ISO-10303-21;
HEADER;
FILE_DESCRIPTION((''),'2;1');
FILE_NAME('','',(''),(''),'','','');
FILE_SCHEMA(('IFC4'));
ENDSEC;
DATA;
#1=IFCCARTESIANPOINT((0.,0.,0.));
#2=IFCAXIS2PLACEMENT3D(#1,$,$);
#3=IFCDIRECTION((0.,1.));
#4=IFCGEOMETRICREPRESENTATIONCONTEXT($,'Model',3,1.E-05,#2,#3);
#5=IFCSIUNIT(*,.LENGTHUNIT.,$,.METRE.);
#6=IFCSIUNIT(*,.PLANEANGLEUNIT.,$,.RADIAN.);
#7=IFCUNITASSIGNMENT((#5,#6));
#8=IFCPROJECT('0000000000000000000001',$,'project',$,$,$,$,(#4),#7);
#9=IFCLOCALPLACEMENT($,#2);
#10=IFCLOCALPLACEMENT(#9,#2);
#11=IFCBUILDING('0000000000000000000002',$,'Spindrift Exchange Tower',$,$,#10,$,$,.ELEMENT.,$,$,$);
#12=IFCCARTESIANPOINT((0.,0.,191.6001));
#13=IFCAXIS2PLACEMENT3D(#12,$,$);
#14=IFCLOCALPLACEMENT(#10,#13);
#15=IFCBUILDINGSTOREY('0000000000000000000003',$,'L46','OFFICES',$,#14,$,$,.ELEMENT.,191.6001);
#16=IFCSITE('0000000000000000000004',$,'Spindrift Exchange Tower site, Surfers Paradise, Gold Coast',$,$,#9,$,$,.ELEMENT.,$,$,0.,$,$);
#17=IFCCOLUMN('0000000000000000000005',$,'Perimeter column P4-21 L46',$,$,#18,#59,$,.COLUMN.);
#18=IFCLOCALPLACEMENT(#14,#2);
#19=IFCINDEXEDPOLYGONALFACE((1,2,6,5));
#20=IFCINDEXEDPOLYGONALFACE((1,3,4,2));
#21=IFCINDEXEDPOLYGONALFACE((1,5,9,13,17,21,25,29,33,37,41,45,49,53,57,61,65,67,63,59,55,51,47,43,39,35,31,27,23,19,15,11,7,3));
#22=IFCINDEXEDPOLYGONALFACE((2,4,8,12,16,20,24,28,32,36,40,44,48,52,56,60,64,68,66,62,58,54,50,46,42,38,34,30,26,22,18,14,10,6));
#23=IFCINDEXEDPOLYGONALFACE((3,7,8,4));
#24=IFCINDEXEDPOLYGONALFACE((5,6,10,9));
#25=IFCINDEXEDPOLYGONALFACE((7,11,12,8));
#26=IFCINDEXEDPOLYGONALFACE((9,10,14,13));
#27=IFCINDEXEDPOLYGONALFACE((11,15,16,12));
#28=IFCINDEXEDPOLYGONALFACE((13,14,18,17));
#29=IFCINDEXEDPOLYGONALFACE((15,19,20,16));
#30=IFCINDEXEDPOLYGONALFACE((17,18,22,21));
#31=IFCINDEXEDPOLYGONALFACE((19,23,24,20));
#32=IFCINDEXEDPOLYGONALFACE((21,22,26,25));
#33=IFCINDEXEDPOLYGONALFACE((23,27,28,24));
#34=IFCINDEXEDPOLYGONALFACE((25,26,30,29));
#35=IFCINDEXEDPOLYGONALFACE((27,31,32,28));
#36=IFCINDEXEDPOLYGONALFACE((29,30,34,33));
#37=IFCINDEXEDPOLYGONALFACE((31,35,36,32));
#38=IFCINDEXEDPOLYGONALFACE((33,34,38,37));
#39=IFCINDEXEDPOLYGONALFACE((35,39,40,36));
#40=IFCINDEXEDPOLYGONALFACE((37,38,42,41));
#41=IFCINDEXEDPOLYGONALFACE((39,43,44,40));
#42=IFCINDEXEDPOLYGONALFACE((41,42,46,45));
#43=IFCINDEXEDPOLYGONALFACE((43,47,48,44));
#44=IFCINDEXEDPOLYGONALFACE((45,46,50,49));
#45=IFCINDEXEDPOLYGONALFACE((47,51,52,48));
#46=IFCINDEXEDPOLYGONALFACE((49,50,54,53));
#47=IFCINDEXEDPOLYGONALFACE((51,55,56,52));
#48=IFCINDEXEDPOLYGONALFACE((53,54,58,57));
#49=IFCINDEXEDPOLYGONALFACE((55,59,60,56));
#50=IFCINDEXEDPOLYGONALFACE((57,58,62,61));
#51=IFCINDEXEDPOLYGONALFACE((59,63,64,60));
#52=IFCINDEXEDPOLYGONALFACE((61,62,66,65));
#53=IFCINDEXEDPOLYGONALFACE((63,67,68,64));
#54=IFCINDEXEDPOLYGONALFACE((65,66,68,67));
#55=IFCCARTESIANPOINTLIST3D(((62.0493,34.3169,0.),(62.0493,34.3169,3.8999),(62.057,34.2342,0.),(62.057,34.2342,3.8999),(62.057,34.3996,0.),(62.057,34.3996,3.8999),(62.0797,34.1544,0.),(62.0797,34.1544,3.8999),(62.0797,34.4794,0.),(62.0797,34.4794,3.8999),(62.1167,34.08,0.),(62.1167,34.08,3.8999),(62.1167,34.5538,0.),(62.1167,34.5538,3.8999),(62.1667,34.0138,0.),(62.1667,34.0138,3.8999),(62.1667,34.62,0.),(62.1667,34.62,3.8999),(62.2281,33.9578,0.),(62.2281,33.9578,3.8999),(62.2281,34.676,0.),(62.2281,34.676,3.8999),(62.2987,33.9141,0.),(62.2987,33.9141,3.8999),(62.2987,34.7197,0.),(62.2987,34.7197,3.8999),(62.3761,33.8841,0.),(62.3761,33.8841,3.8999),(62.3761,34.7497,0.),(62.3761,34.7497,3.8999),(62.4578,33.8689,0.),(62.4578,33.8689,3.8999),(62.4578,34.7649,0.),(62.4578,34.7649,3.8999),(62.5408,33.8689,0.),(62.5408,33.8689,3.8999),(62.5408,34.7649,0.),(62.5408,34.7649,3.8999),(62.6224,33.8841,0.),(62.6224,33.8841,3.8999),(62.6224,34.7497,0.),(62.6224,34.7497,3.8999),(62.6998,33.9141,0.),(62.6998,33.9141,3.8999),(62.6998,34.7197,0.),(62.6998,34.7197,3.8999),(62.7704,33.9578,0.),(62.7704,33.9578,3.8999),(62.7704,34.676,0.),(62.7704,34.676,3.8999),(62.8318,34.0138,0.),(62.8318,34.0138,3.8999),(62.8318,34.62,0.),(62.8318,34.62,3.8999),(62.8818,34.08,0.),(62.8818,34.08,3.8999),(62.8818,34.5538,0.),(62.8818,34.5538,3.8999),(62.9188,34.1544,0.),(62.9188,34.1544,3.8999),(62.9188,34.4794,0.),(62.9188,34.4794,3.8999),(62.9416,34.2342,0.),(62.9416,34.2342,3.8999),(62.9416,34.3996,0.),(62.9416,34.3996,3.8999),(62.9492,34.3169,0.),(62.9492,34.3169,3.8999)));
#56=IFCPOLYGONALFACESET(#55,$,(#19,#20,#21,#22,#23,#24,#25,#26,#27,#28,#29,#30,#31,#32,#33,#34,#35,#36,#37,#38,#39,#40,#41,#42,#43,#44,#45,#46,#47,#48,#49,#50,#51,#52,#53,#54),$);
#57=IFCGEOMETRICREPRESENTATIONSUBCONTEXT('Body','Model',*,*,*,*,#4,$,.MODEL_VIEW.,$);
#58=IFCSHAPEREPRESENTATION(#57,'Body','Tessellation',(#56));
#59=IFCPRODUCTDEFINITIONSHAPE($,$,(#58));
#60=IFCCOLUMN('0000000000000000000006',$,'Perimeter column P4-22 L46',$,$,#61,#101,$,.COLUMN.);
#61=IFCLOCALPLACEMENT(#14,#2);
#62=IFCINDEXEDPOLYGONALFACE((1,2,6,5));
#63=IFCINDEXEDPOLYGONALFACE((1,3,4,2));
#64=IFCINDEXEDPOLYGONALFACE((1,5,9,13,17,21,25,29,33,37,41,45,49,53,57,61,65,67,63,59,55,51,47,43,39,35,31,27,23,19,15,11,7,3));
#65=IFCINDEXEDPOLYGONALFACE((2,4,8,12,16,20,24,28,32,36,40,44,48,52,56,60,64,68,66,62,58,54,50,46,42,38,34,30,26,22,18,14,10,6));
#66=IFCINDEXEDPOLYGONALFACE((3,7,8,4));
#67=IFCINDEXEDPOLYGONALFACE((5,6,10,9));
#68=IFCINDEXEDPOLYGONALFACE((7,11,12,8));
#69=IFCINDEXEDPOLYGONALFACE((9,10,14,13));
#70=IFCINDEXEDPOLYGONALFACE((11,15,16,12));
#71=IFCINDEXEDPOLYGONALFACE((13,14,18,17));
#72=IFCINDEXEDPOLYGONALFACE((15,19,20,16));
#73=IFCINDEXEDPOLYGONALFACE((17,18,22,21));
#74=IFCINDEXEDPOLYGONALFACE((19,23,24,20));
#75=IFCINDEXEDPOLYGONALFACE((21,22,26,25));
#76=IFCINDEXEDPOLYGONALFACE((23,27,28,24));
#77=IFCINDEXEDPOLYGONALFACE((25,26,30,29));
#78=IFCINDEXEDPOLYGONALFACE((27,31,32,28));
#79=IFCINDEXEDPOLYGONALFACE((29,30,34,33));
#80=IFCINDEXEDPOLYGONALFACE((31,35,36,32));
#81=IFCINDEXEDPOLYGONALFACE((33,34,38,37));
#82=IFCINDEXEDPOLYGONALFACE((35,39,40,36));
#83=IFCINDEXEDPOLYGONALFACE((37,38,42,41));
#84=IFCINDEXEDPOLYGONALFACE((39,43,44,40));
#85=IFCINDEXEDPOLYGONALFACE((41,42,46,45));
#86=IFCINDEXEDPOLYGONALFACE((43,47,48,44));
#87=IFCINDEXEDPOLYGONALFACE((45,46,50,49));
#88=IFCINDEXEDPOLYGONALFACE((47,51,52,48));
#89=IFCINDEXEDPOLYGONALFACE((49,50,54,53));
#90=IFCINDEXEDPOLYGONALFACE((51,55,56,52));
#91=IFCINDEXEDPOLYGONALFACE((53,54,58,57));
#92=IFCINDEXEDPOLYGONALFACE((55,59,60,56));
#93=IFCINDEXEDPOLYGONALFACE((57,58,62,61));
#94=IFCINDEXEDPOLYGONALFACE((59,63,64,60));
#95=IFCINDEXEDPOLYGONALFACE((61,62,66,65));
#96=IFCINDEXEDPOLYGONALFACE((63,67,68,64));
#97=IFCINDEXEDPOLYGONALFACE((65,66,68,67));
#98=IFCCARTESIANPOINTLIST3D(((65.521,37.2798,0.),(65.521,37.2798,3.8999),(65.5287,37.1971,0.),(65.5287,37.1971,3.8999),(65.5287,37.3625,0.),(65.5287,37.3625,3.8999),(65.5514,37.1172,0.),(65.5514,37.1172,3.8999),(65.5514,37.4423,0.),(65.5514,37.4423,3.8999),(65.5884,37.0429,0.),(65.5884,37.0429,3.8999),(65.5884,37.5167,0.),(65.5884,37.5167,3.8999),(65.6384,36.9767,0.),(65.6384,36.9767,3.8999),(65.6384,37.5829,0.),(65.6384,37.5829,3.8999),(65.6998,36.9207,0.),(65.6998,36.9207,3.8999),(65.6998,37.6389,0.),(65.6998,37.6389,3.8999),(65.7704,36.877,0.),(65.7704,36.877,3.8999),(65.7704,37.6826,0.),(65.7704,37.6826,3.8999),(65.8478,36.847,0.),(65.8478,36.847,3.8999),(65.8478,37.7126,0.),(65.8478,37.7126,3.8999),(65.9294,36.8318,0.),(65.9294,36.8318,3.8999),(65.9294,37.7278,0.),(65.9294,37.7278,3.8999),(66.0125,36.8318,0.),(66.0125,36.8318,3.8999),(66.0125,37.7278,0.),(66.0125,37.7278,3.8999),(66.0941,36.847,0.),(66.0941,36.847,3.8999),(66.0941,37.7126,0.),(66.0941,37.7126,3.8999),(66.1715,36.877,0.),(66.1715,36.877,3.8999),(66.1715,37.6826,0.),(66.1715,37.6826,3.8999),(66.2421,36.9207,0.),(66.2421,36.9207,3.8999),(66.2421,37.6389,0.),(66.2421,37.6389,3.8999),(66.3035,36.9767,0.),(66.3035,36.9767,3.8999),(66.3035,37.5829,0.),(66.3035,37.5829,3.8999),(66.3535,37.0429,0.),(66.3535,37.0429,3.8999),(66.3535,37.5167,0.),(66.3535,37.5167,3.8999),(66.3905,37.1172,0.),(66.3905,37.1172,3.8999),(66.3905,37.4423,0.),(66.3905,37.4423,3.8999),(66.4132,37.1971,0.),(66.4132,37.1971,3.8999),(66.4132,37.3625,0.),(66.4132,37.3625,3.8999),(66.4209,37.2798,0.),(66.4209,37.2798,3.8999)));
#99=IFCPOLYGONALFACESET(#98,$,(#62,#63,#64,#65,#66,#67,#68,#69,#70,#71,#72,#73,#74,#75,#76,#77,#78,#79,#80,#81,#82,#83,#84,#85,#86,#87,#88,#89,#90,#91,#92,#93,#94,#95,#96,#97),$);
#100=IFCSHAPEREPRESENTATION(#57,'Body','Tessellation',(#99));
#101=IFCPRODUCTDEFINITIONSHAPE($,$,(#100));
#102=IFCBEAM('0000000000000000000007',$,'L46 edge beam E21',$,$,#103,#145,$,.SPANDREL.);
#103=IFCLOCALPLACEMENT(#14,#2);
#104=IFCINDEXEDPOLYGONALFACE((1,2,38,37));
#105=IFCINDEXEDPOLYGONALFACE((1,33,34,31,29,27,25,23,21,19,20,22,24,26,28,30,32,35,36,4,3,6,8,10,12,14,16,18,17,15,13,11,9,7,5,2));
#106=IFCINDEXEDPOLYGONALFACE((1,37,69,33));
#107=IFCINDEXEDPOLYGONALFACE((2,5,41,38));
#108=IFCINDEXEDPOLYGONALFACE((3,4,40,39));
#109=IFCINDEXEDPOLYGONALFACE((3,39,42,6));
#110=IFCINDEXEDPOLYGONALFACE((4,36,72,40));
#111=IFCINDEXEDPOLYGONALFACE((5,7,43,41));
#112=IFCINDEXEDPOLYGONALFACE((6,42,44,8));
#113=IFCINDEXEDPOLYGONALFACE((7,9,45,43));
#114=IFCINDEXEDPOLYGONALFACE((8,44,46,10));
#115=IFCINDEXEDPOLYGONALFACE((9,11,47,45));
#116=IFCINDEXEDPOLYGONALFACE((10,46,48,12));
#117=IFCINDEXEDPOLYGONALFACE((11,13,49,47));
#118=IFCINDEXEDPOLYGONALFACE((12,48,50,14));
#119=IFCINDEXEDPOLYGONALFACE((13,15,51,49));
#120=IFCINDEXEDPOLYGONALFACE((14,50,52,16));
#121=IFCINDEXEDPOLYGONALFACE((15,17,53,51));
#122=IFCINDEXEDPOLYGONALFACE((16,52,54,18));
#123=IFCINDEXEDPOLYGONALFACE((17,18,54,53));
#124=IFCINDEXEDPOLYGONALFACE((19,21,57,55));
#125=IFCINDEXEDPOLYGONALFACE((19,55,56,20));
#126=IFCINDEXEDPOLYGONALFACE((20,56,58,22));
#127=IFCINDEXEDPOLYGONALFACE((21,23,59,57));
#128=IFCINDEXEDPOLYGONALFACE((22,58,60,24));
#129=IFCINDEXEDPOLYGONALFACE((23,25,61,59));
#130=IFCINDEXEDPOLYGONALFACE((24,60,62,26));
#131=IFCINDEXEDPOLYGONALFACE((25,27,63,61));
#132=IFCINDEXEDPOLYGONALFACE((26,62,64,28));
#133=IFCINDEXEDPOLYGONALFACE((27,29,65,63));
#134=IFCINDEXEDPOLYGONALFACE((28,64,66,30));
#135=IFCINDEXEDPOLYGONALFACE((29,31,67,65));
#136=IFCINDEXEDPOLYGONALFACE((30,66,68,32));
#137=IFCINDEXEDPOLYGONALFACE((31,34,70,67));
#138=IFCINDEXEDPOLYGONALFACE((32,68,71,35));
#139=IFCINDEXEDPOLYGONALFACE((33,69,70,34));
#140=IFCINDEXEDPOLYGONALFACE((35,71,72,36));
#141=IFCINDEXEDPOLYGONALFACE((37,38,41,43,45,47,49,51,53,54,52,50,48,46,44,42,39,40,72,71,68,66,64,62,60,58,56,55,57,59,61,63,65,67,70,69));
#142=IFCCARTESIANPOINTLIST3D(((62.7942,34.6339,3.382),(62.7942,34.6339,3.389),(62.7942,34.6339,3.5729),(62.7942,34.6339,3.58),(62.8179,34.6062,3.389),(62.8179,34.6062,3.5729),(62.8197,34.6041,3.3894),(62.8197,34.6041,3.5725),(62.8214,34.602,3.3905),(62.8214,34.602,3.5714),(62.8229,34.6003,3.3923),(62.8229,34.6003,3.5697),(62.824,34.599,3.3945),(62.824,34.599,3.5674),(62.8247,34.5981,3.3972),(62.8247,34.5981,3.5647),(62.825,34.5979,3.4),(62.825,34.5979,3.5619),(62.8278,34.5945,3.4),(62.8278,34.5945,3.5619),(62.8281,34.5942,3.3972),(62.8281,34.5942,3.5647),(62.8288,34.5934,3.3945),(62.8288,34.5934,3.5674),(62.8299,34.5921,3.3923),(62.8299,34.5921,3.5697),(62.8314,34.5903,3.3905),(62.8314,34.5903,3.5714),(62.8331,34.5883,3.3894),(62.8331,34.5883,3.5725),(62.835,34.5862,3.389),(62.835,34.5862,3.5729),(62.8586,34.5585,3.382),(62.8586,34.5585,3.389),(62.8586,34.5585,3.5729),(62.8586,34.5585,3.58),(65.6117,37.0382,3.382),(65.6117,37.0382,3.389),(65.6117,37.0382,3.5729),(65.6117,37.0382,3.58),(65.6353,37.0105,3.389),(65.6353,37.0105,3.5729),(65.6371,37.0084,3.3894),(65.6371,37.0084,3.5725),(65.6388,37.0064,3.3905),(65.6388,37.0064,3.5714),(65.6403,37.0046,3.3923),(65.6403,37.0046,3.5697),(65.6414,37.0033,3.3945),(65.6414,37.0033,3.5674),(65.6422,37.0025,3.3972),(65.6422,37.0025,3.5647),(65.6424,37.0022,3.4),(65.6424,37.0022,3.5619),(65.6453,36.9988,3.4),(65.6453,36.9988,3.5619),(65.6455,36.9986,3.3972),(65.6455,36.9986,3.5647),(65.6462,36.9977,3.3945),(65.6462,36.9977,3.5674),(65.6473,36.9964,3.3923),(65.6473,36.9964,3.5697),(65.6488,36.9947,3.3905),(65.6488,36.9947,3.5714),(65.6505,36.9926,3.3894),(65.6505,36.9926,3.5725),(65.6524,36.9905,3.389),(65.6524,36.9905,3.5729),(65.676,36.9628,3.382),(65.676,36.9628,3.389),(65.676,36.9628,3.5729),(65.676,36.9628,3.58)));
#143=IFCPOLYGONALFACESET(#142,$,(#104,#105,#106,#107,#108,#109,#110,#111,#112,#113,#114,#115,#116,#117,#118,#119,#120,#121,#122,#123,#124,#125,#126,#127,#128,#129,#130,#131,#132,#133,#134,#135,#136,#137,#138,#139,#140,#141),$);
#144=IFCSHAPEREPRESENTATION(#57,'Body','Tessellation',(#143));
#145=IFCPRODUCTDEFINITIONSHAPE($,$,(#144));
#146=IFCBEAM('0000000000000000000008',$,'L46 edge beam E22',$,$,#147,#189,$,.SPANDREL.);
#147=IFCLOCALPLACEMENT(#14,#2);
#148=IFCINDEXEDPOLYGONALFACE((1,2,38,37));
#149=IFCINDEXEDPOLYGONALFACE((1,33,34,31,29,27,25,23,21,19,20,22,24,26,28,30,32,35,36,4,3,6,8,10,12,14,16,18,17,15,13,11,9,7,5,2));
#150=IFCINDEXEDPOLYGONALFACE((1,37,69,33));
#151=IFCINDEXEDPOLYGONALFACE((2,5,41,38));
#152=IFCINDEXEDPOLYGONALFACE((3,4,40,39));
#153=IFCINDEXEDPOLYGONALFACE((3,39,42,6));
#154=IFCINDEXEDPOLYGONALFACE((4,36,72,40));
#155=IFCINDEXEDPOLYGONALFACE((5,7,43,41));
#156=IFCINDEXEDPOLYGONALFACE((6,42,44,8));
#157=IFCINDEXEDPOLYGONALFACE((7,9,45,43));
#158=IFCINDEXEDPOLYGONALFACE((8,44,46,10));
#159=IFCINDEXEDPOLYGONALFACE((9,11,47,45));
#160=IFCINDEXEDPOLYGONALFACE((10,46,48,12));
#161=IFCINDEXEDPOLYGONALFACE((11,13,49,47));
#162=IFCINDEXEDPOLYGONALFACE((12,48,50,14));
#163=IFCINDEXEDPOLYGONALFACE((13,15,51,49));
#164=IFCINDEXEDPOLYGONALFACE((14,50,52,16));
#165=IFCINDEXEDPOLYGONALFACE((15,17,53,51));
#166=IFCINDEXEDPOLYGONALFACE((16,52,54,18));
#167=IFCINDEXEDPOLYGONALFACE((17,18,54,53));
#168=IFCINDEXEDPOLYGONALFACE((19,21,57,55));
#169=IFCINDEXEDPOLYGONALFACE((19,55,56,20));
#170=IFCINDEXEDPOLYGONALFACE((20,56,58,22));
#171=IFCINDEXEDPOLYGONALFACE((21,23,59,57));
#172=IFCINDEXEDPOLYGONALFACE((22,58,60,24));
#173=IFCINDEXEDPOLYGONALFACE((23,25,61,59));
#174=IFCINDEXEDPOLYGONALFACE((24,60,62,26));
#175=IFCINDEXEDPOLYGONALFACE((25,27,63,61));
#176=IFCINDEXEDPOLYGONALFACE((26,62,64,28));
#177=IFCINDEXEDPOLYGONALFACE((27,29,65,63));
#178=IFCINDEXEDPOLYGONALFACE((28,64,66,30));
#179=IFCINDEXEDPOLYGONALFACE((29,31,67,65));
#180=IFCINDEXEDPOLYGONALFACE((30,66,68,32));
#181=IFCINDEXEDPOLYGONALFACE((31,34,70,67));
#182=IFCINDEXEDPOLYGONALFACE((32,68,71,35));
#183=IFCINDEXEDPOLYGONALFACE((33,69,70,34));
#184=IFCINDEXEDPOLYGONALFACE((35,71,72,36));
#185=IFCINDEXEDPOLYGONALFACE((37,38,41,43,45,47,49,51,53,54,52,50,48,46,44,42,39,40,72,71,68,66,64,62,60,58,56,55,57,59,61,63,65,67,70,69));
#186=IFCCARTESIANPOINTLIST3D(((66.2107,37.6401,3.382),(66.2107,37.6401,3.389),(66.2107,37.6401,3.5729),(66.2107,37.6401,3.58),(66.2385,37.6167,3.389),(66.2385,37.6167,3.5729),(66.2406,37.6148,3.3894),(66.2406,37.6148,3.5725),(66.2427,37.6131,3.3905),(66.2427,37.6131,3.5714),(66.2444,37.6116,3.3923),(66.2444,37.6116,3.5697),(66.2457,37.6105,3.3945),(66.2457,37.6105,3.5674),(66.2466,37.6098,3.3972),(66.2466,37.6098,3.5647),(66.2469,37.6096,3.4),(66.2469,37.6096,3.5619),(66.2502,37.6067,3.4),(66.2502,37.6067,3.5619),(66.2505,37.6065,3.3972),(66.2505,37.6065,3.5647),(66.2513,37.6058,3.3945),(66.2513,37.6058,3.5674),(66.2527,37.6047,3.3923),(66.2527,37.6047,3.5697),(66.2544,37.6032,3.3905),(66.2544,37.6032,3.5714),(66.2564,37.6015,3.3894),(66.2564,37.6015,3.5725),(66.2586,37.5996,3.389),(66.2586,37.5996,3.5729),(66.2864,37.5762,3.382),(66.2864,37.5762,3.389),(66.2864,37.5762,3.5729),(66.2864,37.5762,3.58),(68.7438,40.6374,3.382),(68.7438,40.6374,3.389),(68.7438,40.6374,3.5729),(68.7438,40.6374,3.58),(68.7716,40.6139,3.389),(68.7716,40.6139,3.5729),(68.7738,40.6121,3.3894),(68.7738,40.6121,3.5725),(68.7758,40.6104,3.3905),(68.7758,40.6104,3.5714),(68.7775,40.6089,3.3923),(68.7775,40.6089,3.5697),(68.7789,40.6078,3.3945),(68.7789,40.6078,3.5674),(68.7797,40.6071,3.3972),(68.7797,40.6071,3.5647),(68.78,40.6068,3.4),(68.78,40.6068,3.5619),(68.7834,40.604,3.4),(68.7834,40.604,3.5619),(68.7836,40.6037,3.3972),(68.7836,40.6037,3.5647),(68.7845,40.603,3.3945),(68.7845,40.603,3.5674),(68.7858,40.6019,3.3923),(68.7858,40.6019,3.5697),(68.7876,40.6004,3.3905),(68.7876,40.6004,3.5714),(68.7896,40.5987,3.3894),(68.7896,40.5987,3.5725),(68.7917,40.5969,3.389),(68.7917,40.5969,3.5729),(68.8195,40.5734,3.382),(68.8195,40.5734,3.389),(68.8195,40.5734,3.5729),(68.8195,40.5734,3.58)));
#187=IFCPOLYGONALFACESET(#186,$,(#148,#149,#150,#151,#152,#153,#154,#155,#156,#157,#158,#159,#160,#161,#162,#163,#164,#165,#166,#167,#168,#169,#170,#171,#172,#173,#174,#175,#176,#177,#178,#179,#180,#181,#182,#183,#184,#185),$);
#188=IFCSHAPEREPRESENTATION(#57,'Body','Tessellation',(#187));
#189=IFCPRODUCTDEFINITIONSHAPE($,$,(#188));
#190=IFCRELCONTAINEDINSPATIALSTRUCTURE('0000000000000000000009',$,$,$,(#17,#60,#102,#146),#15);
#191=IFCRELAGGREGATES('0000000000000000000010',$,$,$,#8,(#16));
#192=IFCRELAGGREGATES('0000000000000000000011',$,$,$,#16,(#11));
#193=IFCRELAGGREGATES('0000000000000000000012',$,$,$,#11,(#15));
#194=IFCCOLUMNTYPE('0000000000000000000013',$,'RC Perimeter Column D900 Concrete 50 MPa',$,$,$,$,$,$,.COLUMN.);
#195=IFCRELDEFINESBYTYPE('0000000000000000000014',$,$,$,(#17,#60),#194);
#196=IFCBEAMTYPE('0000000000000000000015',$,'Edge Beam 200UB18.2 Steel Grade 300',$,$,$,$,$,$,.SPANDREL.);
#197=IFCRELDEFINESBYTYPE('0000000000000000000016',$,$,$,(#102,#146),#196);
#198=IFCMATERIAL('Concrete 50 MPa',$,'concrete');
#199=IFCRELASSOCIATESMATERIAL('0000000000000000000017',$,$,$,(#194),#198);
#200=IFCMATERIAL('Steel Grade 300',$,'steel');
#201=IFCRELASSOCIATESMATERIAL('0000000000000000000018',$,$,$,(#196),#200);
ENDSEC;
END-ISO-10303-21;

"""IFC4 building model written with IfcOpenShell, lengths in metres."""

from ifc_helpers import new_model, si_unit, direction, frame, origin, origin_2d, place, context, subcontext, project, spatial, circle, i_section, extrude, source, transform, mapped, material, material_profile, profile_set, type_object, element, save


model = new_model("IFC4")

# Units and contexts
model_context = context("Model", 3, precision=1e-05, world=origin(), true_north=direction((0.0, 1.0)))
body_context = subcontext(model_context, "Body", "Model", "MODEL_VIEW")
ifc_project = project(units=[si_unit("LENGTHUNIT", "METRE"), si_unit("PLANEANGLEUNIT", "RADIAN")], contexts=[model_context])

# Site, building, storey
site_placement = place(None, origin())
site = spatial("IfcSite", under=ifc_project, at=site_placement, Name="Spindrift Exchange Tower site, Surfers Paradise, Gold Coast", CompositionType="ELEMENT", RefElevation=0.0)
building_placement = place(site_placement, origin())
building = spatial("IfcBuilding", under=site, at=building_placement, Name="Spindrift Exchange Tower", CompositionType="ELEMENT")
storey_placement = place(building_placement, frame((0.0, 0.0, 191.6001)))
storey = spatial("IfcBuildingStorey", under=building, at=storey_placement, Name="L46", Description="OFFICES", CompositionType="ELEMENT", Elevation=191.6001)

# Columns
ifc_material_1 = material(Name="Concrete 50 MPa", Category="concrete")
ifc_material_profile_1 = material_profile(ifc_material_1, circle(Radius=0.45, at=origin_2d()), Name="RC D900")
ifc_profile_set_1 = profile_set([ifc_material_profile_1], Name="Concrete 50 MPa")
column_type = type_object("IfcColumnType", Name="RC Perimeter Column D900 Concrete 50 MPa", PredefinedType="COLUMN", material=ifc_profile_set_1)
shared_shape_1 = source(origin(), body_context, "Body", "SweptSolid", [
    extrude(circle(Radius=0.45, at=origin_2d()), origin(), (0.0, 0.0, 1.0), 3.8999),
])
for number, where, z_axis, x_axis, name in (
    (1, (62.4993, 34.3169, 0.0), (0.0, 0.0, 1.0), (1.0, 0.0, 0.0), "Perimeter column P4-21 L46"),
    (2, (65.9709, 37.2798, 0.0), (0.0, 0.0, 1.0), (1.0, 0.0, 0.0), "Perimeter column P4-22 L46"),
):
    element("IfcColumn", number, at=place(storey_placement, frame(where, z_axis=z_axis, x_axis=x_axis)), inside=storey, type_object=column_type, Name=name, PredefinedType="COLUMN", context=body_context, shape_type="MappedRepresentation", body=[
        mapped(shared_shape_1, transform((0.0, 0.0, 0.0), scale=1.0)),
    ])

# Beams
ifc_material_2 = material(Name="Steel Grade 300", Category="steel")
ifc_material_profile_2 = material_profile(ifc_material_2, i_section(OverallWidth=0.0991, OverallDepth=0.198, WebThickness=0.0044, FlangeThickness=0.0071, FilletRadius=0.011, at=origin_2d()), Name="200UB18.2")
ifc_profile_set_2 = profile_set([ifc_material_profile_2], Name="Steel Grade 300")
beam_type_1 = type_object("IfcBeamType", Name="Edge Beam 200UB18.2 Steel Grade 300", PredefinedType="SPANDREL", material=ifc_profile_set_2)
shared_shape_2 = source(origin(), body_context, "Body", "SweptSolid", [
    extrude(i_section(OverallWidth=0.0991, OverallDepth=0.198, WebThickness=0.0044, FlangeThickness=0.0071, FilletRadius=0.011, at=origin_2d()), origin(), (0.0, 0.0, 1.0), 3.7039),
])
beam_1_placement = place(storey_placement, frame((62.8264, 34.5962, 3.481), z_axis=(0.760669, 0.64914, 0.0), x_axis=(-0.64914, 0.760669, 0.0)))
element("IfcBeam", 3, at=beam_1_placement, inside=storey, type_object=beam_type_1, Name="L46 edge beam E21", PredefinedType="SPANDREL", context=body_context, shape_type="MappedRepresentation", body=[
    mapped(shared_shape_2, transform((0.0, 0.0, 0.0), scale=1.0)),
])
shared_shape_3 = source(origin(), body_context, "Body", "SweptSolid", [
    extrude(i_section(OverallWidth=0.0991, OverallDepth=0.198, WebThickness=0.0044, FlangeThickness=0.0071, FilletRadius=0.011, at=origin_2d()), origin(), (0.0, 0.0, 1.0), 3.9243),
])
beam_2_placement = place(storey_placement, frame((66.2485, 37.6082, 3.481), z_axis=(0.645499, 0.763761, 0.0), x_axis=(-0.763761, 0.645499, 0.0)))
element("IfcBeam", 4, at=beam_2_placement, inside=storey, type_object=beam_type_1, Name="L46 edge beam E22", PredefinedType="SPANDREL", context=body_context, shape_type="MappedRepresentation", body=[
    mapped(shared_shape_3, transform((0.0, 0.0, 0.0), scale=1.0)),
])

save(model, "model.ifc")
